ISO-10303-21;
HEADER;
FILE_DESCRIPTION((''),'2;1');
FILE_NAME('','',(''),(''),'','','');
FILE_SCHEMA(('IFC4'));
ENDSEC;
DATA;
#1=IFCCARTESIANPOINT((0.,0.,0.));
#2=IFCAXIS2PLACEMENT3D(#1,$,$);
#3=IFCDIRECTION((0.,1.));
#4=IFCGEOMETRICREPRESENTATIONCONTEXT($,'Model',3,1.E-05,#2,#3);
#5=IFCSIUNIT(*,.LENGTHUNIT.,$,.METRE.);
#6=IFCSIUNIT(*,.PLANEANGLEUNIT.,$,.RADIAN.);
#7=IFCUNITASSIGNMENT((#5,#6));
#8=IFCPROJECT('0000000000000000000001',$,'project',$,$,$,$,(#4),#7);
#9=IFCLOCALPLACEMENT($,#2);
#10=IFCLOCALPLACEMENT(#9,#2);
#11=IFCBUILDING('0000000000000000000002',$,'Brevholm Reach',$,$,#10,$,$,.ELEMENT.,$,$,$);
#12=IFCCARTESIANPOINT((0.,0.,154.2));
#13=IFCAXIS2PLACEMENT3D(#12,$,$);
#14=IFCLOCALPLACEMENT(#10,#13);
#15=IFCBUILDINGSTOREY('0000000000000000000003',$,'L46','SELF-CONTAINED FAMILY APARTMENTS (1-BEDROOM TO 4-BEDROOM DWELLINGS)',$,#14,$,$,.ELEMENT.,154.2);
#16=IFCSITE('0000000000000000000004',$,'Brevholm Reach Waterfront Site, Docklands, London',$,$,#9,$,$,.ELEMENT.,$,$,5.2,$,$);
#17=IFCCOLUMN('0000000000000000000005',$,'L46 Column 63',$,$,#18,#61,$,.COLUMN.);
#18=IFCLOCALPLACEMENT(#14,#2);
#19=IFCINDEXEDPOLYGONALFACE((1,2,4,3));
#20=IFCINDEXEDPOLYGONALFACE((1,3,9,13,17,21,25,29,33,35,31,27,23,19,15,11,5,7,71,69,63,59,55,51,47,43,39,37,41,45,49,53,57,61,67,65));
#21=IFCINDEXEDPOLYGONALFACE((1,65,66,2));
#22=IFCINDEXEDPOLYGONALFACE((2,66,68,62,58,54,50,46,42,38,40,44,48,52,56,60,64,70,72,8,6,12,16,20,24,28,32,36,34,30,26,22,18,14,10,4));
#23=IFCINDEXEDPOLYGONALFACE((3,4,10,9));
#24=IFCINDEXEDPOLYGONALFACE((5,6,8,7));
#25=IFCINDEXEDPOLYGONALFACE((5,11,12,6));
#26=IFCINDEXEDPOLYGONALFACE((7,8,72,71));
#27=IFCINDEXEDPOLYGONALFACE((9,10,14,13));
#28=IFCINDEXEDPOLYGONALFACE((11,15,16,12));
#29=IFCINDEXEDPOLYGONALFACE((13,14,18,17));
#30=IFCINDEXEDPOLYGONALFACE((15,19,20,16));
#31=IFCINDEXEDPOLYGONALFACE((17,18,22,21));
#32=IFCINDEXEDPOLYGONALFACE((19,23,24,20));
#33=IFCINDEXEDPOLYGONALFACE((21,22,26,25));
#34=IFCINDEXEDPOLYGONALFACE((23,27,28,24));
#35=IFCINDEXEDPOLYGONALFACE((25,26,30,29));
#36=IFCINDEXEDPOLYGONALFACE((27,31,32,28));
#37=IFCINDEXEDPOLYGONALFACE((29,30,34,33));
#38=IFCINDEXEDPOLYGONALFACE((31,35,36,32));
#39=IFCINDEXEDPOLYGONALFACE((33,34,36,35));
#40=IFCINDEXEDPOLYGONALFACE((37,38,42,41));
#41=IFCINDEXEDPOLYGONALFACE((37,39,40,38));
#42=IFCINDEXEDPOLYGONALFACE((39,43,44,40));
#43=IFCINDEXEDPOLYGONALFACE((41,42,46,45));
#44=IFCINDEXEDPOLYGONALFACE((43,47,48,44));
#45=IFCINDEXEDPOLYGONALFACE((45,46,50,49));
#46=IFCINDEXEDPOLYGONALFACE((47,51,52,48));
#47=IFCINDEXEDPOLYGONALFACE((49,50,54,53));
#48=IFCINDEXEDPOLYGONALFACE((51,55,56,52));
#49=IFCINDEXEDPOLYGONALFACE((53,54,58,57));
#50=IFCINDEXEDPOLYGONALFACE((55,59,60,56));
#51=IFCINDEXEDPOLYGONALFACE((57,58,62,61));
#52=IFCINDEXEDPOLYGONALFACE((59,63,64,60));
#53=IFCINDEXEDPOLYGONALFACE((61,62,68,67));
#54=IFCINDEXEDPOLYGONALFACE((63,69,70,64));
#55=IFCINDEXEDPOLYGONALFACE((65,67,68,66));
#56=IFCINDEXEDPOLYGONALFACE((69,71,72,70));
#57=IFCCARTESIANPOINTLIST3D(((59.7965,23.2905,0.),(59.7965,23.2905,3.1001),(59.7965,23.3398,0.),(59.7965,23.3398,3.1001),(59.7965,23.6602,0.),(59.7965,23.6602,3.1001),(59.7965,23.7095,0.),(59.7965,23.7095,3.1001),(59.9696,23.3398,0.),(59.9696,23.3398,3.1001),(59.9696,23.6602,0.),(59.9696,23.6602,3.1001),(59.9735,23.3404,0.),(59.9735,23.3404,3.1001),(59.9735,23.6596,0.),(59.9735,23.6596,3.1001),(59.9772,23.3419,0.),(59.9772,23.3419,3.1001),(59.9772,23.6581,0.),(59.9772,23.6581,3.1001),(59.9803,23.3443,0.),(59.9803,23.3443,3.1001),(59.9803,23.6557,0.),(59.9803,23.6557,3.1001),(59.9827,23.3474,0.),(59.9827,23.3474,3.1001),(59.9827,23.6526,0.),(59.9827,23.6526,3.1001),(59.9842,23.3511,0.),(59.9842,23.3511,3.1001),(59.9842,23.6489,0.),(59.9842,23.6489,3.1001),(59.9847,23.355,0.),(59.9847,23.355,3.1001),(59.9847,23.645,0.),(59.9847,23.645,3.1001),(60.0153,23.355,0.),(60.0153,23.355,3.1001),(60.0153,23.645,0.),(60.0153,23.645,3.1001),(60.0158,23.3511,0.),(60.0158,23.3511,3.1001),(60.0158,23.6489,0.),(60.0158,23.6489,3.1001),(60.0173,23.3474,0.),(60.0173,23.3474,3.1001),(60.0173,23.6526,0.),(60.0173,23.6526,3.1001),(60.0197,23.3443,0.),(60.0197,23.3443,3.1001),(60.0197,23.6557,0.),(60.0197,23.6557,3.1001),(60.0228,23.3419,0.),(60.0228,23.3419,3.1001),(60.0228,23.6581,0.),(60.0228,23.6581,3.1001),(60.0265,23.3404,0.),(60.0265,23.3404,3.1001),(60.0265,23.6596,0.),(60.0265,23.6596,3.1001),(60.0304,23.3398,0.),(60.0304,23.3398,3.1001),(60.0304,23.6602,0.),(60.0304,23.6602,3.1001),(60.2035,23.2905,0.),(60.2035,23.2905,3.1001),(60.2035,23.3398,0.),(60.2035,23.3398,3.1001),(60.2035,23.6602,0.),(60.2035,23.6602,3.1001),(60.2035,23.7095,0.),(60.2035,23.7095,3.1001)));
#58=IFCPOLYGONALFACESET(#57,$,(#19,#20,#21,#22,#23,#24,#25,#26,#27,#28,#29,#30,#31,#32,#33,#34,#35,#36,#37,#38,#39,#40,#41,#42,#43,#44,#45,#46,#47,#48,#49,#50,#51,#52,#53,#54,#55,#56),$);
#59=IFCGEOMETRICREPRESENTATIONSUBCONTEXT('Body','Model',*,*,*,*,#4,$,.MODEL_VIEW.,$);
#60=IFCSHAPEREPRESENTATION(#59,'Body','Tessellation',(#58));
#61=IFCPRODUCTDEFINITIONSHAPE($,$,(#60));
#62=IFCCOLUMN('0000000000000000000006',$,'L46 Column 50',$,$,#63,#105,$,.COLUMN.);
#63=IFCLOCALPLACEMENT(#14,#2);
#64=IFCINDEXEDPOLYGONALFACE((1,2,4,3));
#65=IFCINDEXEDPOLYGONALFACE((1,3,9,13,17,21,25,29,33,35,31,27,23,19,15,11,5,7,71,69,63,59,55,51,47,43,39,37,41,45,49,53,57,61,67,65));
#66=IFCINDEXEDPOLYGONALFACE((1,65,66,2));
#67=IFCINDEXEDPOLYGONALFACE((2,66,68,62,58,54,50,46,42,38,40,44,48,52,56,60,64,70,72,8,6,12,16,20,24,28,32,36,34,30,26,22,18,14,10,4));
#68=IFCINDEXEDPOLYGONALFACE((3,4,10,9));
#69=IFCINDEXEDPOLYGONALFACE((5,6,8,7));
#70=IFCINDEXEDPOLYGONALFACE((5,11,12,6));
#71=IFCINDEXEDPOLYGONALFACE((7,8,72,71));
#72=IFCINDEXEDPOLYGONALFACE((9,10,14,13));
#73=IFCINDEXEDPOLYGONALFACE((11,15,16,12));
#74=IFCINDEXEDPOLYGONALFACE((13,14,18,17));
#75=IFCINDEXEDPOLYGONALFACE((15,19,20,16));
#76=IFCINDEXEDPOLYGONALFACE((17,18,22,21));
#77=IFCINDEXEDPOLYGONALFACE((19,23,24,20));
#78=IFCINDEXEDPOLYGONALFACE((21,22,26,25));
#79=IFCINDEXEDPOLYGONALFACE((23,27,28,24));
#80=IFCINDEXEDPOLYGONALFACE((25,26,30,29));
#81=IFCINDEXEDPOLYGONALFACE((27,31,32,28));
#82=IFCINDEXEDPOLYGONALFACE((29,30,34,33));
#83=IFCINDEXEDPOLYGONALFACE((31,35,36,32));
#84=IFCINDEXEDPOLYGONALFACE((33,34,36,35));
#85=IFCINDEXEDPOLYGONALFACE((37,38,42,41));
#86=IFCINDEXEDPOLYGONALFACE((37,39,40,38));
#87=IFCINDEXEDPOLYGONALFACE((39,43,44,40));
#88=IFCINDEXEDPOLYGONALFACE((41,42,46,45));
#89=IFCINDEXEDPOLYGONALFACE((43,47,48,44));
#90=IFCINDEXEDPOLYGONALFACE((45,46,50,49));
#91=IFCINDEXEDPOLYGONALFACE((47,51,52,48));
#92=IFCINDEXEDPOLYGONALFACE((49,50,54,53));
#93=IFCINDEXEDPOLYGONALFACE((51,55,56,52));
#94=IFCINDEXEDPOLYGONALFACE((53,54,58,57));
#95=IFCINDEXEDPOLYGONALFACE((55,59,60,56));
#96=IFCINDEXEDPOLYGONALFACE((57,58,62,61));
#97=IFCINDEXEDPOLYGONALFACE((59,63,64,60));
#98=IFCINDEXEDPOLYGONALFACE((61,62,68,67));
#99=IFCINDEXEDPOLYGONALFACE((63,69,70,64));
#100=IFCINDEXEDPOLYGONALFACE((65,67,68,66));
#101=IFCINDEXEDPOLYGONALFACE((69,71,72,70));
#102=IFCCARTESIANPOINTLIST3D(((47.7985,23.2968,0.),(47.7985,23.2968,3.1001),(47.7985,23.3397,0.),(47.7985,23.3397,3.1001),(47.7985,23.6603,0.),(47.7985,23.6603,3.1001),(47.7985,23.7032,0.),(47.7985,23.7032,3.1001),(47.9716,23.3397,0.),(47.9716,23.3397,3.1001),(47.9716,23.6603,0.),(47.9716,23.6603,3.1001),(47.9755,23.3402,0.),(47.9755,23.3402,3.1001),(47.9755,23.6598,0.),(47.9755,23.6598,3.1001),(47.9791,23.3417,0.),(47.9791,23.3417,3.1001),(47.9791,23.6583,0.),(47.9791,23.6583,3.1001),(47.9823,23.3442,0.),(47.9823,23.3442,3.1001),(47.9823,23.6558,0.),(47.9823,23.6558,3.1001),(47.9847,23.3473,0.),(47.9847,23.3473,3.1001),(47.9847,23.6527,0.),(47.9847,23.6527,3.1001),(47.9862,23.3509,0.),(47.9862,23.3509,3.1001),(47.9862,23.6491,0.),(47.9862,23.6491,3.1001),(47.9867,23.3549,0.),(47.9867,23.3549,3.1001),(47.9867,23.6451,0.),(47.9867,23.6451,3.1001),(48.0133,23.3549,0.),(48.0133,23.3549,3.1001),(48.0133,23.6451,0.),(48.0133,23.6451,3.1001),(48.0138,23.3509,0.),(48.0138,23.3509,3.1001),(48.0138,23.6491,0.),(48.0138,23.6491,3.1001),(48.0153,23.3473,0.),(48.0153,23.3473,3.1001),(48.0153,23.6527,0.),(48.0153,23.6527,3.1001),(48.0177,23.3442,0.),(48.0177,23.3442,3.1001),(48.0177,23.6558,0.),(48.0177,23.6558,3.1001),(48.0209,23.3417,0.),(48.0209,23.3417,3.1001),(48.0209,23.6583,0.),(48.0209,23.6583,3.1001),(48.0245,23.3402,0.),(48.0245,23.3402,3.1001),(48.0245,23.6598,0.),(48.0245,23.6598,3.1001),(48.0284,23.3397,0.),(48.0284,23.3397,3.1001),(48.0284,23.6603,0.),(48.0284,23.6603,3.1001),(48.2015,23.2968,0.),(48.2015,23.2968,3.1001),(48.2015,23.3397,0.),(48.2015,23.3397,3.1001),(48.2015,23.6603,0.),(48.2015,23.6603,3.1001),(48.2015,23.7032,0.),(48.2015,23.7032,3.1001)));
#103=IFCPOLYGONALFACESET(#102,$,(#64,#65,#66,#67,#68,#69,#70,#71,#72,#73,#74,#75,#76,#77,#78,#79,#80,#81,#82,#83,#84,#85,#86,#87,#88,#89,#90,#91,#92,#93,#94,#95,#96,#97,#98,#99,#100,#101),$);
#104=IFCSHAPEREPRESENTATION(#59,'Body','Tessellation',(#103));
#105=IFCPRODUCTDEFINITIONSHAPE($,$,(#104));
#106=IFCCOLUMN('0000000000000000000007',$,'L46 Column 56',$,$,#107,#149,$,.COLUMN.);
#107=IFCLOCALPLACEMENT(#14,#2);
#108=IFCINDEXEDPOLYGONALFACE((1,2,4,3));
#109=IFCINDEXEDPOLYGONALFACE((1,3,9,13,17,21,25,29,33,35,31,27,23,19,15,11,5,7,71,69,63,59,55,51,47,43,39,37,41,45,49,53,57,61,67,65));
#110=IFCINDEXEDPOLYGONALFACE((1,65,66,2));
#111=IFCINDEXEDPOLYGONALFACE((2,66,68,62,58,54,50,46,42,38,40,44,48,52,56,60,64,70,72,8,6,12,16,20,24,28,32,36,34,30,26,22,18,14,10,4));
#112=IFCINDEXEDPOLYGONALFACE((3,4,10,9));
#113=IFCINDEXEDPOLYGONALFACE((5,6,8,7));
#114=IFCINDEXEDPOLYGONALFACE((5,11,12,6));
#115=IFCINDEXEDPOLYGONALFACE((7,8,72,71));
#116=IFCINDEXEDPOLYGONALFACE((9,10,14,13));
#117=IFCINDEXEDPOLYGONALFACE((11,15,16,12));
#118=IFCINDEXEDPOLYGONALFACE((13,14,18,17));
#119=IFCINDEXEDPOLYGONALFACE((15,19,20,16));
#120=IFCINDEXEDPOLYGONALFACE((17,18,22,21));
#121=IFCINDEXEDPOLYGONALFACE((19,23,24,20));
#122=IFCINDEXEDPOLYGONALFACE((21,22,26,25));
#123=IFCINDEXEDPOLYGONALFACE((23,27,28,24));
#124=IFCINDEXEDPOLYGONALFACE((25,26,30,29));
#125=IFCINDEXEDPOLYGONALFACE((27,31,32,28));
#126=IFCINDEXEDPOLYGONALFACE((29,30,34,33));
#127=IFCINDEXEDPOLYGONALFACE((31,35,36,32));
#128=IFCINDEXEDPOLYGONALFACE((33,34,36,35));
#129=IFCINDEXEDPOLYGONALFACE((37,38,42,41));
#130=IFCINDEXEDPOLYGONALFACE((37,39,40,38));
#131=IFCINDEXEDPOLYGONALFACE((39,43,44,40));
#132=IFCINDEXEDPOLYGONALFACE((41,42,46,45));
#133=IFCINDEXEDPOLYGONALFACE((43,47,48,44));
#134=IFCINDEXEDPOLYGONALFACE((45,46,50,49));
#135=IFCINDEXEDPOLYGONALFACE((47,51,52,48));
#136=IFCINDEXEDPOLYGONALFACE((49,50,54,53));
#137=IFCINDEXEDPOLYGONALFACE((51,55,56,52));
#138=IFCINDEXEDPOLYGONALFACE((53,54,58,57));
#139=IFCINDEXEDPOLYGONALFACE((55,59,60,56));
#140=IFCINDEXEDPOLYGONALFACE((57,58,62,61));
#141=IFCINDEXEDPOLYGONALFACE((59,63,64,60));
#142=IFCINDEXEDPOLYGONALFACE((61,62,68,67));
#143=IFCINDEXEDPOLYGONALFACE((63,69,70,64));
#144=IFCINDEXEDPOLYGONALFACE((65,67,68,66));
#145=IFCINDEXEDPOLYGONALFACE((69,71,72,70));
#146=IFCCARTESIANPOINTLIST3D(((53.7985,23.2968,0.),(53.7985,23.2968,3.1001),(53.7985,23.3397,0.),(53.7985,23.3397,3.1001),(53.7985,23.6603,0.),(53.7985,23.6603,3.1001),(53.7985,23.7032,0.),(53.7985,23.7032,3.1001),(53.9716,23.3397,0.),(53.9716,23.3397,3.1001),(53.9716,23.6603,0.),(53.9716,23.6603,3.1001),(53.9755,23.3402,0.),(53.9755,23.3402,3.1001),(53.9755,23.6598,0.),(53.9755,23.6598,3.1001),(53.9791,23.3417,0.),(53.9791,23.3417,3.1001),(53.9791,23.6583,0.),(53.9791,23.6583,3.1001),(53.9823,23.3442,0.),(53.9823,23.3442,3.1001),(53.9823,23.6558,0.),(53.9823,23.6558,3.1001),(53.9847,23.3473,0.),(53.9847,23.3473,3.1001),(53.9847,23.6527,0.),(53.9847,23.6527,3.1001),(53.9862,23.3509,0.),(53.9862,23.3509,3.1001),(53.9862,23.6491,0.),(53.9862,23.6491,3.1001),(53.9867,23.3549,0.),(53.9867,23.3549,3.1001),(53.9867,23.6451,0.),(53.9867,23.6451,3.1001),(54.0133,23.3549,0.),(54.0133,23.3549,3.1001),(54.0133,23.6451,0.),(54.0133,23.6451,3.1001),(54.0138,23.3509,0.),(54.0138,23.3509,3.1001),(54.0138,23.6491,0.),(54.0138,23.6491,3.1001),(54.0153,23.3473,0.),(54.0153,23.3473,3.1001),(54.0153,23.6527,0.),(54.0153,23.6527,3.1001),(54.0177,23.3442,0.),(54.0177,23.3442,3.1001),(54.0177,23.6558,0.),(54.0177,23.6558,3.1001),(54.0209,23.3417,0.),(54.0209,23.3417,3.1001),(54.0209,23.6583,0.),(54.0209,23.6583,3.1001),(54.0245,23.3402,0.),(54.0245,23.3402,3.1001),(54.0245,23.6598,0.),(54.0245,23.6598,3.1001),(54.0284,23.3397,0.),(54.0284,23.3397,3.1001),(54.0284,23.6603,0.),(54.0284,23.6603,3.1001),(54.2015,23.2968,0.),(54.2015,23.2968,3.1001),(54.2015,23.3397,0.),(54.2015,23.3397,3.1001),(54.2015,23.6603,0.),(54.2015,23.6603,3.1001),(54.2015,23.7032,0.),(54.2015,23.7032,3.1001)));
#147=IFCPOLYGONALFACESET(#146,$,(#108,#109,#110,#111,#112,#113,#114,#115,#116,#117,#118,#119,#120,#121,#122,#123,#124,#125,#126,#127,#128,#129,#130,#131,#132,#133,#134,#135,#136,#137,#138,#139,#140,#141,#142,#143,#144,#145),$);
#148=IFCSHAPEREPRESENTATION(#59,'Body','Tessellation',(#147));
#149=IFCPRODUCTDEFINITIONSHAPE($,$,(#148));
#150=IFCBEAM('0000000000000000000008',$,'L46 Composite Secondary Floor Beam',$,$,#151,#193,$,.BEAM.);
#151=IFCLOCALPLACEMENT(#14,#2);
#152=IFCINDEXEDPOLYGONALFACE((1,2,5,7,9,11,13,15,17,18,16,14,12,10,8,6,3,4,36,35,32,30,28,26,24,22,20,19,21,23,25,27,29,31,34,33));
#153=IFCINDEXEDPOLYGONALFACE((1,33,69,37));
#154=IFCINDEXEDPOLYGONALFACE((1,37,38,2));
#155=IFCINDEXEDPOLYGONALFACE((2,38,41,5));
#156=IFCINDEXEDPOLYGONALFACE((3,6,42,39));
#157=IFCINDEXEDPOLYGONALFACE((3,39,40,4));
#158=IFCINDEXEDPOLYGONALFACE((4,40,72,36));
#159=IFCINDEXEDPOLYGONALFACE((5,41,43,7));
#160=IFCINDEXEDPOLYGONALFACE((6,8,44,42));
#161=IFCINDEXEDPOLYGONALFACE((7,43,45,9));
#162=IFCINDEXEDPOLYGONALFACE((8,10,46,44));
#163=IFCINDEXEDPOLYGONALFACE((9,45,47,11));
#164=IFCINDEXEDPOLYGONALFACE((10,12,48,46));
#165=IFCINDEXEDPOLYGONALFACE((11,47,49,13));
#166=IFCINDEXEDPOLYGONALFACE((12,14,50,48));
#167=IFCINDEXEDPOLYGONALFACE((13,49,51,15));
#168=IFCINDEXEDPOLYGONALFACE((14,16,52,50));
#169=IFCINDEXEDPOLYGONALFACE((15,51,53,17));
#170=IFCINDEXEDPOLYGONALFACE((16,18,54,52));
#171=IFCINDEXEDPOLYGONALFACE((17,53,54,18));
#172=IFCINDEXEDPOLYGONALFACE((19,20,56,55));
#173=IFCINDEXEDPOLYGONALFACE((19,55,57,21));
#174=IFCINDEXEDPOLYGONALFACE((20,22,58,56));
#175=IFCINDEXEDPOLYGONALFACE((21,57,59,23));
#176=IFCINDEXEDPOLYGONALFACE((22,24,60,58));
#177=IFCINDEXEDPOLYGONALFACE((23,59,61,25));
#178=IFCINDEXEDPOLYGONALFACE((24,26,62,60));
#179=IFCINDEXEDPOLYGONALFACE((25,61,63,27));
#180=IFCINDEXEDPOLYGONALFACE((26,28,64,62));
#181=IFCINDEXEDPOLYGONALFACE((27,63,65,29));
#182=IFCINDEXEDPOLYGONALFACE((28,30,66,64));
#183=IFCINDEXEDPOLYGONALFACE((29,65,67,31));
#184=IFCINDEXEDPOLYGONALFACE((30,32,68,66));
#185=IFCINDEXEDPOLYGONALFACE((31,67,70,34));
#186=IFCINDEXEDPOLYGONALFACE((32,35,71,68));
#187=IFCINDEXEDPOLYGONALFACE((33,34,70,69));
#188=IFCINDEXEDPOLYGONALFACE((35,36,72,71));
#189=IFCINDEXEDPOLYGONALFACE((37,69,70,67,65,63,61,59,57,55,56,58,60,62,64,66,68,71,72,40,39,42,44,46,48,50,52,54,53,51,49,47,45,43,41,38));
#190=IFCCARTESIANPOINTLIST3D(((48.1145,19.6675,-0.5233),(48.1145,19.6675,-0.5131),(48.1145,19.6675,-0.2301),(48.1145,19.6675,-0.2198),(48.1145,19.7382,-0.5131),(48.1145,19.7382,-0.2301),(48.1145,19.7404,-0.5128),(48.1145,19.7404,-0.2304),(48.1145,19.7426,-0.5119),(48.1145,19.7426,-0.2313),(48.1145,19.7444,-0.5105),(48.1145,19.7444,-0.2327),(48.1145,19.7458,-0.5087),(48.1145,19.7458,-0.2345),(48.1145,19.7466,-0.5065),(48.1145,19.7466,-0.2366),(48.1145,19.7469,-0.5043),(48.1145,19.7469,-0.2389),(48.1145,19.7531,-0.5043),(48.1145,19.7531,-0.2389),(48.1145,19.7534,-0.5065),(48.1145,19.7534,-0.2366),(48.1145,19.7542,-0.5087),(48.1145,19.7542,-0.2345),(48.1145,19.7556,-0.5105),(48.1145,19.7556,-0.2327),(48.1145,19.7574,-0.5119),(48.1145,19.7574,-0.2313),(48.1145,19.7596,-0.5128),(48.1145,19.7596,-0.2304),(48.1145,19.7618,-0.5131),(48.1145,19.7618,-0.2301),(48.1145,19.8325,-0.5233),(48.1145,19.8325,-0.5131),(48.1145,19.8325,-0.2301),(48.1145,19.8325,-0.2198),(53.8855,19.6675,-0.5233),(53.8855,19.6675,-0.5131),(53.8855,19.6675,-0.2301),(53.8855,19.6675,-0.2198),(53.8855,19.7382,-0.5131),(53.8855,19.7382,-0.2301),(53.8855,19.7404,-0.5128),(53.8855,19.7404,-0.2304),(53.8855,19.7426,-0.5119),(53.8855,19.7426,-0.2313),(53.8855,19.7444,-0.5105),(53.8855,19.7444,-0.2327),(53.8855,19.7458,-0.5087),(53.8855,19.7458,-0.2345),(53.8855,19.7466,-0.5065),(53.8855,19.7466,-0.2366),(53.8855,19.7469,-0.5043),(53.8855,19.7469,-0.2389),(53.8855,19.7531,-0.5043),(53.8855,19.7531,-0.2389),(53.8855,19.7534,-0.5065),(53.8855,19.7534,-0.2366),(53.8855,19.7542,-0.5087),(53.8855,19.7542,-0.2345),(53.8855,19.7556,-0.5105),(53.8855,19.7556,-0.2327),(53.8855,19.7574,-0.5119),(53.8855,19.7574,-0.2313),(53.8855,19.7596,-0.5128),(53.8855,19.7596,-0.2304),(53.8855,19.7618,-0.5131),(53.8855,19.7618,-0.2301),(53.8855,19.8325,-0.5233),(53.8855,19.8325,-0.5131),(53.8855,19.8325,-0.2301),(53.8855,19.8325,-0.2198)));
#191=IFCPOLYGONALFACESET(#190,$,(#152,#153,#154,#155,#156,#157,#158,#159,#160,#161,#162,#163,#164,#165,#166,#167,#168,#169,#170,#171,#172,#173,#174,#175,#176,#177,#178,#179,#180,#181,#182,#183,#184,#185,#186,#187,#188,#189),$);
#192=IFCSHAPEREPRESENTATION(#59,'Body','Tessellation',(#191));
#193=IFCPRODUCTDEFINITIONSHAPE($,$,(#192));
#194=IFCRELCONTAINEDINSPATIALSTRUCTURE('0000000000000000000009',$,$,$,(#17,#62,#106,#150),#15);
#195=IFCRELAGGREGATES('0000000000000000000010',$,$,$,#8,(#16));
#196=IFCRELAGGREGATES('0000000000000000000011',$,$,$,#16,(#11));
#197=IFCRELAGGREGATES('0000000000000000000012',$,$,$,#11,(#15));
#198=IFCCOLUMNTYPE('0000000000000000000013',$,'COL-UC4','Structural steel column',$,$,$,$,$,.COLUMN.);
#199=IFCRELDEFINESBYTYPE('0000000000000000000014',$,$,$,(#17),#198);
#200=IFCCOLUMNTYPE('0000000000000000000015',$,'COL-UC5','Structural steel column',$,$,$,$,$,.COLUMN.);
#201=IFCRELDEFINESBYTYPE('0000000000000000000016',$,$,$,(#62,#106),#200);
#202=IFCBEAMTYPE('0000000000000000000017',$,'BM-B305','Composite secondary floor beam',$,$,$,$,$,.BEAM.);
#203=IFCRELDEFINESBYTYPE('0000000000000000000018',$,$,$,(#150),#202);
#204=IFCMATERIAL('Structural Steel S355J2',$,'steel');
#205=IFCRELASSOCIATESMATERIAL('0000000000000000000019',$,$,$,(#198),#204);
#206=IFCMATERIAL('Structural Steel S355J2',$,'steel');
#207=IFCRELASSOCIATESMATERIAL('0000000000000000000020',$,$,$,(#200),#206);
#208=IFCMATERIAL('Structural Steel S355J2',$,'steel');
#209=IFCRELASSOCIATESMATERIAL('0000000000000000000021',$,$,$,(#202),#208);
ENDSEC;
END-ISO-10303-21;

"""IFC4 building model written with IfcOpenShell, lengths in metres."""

from ifc_helpers import new_model, si_unit, direction, frame, origin, origin_2d, place, context, subcontext, project, spatial, i_section, extrude, material, material_profile, profile_set, type_object, element, save


model = new_model("IFC4")

# Units and contexts
model_context = context("Model", 3, precision=1e-05, world=origin(), true_north=direction((0.0, 1.0)))
body_context = subcontext(model_context, "Body", "Model", "MODEL_VIEW")
ifc_project = project(units=[si_unit("LENGTHUNIT", "METRE"), si_unit("PLANEANGLEUNIT", "RADIAN")], contexts=[model_context])

# Site, building, storey
site_placement = place(None, origin())
site = spatial("IfcSite", under=ifc_project, at=site_placement, Name="Brevholm Reach Waterfront Site, Docklands, London", CompositionType="ELEMENT", RefElevation=5.2)
building_placement = place(site_placement, origin())
building = spatial("IfcBuilding", under=site, at=building_placement, Name="Brevholm Reach", CompositionType="ELEMENT")
storey_placement = place(building_placement, frame((0.0, 0.0, 154.2)))
storey = spatial("IfcBuildingStorey", under=building, at=storey_placement, Name="L46", Description="SELF-CONTAINED FAMILY APARTMENTS (1-BEDROOM TO 4-BEDROOM DWELLINGS)", CompositionType="ELEMENT", Elevation=154.2)

# Columns
ifc_material_1 = material(Name="Structural Steel S355J2", Category="steel")
ifc_material_profile_1 = material_profile(ifc_material_1, i_section(OverallWidth=0.407, OverallDepth=0.4189, WebThickness=0.0305, FlangeThickness=0.0493, FilletRadius=0.0151, at=origin_2d()), Name="UKC 356x406x393")
ifc_profile_set_1 = profile_set([ifc_material_profile_1], Name="Structural Steel S355J2")
column_type_1 = type_object("IfcColumnType", Name="COL-UC4", Description="Structural steel column", PredefinedType="COLUMN", material=ifc_profile_set_1)
column_placement = place(storey_placement, frame((60.0, 23.5, 0.0), z_axis=(0.0, 0.0, 1.0), x_axis=(1.0, 0.0, 0.0)))
element("IfcColumn", 1, at=column_placement, inside=storey, type_object=column_type_1, Name="L46 Column 63", PredefinedType="COLUMN", context=body_context, shape_type="SweptSolid", body=[
    extrude(i_section(OverallWidth=0.407, OverallDepth=0.4189, WebThickness=0.0305, FlangeThickness=0.0493, FilletRadius=0.0151, at=origin_2d()), origin(), (0.0, 0.0, 1.0), 3.1001),
])
ifc_material_2 = material(Name="Structural Steel S355J2", Category="steel")
ifc_material_profile_2 = material_profile(ifc_material_2, i_section(OverallWidth=0.4031, OverallDepth=0.4065, WebThickness=0.0266, FlangeThickness=0.043, FilletRadius=0.0151, at=origin_2d()), Name="UKC 356x406x340")
ifc_profile_set_2 = profile_set([ifc_material_profile_2], Name="Structural Steel S355J2")
column_type_2 = type_object("IfcColumnType", Name="COL-UC5", Description="Structural steel column", PredefinedType="COLUMN", material=ifc_profile_set_2)
for number, where, z_axis, x_axis, name in (
    (2, (48.0, 23.5, 0.0), (0.0, 0.0, 1.0), (1.0, 0.0, 0.0), "L46 Column 50"),
    (3, (54.0, 23.5, 0.0), (0.0, 0.0, 1.0), (1.0, 0.0, 0.0), "L46 Column 56"),
):
    element("IfcColumn", number, at=place(storey_placement, frame(where, z_axis=z_axis, x_axis=x_axis)), inside=storey, type_object=column_type_2, Name=name, PredefinedType="COLUMN", context=body_context, shape_type="SweptSolid", body=[
        extrude(i_section(OverallWidth=0.4031, OverallDepth=0.4065, WebThickness=0.0266, FlangeThickness=0.043, FilletRadius=0.0151, at=origin_2d()), origin(), (0.0, 0.0, 1.0), 3.1001),
    ])

# Beam
ifc_material_3 = material(Name="Structural Steel S355J2", Category="steel")
ifc_material_profile_3 = material_profile(ifc_material_3, i_section(OverallWidth=0.165, OverallDepth=0.3035, WebThickness=0.0061, FlangeThickness=0.0103, FilletRadius=0.0088, at=origin_2d()), Name="UKB 305x165x40")
ifc_profile_set_3 = profile_set([ifc_material_profile_3], Name="Structural Steel S355J2")
beam_type_1 = type_object("IfcBeamType", Name="BM-B305", Description="Composite secondary floor beam", PredefinedType="BEAM", material=ifc_profile_set_3)
beam_1_placement = place(storey_placement, frame((48.1145, 19.75, -0.3716), z_axis=(1.0, 0.0, 0.0), x_axis=(0.0, 1.0, 0.0)))
element("IfcBeam", 4, at=beam_1_placement, inside=storey, type_object=beam_type_1, Name="L46 Composite Secondary Floor Beam", PredefinedType="BEAM", context=body_context, shape_type="SweptSolid", body=[
    extrude(i_section(OverallWidth=0.165, OverallDepth=0.3035, WebThickness=0.0061, FlangeThickness=0.0103, FilletRadius=0.0088, at=origin_2d()), origin(), (0.0, 0.0, 1.0), 5.771),
])

save(model, "model.ifc")
